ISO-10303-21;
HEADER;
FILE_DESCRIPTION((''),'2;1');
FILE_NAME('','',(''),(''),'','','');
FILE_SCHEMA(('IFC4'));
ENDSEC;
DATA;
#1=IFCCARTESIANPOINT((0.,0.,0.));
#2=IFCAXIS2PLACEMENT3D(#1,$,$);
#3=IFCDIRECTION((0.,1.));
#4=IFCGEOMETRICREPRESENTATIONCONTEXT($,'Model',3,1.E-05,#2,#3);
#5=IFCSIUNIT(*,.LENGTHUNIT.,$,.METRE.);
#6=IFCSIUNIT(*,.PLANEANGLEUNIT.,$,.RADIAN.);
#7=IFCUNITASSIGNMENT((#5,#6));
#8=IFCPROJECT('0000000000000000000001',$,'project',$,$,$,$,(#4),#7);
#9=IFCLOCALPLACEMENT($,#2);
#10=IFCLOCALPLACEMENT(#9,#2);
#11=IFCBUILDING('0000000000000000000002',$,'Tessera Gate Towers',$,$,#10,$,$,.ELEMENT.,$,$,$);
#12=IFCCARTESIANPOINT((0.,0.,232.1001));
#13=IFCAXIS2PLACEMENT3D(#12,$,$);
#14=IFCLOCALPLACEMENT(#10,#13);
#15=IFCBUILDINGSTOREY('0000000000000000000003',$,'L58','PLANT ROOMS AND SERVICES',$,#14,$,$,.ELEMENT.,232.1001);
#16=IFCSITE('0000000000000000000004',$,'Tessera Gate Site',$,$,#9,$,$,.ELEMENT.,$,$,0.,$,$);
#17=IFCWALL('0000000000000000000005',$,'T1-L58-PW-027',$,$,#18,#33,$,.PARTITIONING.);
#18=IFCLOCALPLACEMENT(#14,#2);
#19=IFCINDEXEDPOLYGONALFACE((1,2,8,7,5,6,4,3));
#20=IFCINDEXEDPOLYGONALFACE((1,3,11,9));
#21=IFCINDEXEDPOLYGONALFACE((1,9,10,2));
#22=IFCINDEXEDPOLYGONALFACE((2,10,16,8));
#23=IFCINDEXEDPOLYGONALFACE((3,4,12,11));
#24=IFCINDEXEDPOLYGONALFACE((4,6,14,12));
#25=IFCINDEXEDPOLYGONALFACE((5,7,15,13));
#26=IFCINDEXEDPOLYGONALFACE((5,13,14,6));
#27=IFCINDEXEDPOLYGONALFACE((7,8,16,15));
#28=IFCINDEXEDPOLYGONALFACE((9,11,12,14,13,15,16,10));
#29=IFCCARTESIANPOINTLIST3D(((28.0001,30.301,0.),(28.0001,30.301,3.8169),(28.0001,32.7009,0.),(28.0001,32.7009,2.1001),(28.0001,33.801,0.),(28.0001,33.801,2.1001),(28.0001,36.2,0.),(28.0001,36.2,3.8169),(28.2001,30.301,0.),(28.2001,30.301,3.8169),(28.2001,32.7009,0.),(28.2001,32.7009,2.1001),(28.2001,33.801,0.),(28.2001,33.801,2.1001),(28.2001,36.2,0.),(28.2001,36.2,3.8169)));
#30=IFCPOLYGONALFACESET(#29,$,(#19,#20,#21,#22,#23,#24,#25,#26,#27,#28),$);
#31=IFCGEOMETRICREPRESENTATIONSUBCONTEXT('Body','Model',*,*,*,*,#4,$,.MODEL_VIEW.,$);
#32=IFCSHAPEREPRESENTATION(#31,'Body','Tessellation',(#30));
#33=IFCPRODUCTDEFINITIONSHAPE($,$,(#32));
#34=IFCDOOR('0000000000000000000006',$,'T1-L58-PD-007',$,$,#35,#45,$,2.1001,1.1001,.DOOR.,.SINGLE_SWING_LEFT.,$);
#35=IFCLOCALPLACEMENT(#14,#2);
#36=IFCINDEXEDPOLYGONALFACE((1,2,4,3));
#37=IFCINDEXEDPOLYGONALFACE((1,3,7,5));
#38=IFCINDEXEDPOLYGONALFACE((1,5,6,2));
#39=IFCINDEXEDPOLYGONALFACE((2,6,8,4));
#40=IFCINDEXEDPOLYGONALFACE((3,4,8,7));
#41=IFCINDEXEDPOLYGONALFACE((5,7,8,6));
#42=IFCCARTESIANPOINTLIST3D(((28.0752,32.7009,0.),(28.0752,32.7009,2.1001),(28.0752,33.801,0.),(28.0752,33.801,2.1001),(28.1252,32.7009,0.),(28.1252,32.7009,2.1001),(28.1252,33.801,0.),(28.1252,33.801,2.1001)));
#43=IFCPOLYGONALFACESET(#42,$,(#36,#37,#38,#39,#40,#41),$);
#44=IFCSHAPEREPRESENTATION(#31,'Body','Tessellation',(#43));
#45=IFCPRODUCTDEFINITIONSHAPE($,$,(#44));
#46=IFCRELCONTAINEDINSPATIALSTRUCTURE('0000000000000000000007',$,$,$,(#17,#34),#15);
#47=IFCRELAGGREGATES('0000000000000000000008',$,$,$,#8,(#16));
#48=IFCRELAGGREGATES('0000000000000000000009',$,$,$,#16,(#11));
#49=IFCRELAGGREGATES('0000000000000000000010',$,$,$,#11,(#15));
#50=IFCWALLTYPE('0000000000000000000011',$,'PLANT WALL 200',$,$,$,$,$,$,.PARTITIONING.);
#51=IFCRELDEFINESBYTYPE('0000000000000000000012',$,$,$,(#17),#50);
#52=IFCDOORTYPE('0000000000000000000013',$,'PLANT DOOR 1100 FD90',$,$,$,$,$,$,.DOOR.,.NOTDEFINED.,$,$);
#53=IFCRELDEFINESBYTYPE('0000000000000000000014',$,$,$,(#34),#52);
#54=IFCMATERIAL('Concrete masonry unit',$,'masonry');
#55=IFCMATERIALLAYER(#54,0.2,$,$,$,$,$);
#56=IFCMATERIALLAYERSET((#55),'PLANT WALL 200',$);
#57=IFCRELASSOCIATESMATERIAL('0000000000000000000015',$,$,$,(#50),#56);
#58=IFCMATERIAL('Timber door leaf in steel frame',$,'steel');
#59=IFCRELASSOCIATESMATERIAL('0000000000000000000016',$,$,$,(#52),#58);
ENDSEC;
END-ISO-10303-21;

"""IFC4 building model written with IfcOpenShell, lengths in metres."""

from ifc_helpers import new_model, si_unit, direction, frame, frame_2d, origin, place, context, subcontext, project, spatial, rectangle, extrude, source, transform, mapped, material, layer, layer_set, type_object, element, fill, save


model = new_model("IFC4")

# Units and contexts
model_context = context("Model", 3, precision=1e-05, world=origin(), true_north=direction((0.0, 1.0)))
body_context = subcontext(model_context, "Body", "Model", "MODEL_VIEW")
ifc_project = project(units=[si_unit("LENGTHUNIT", "METRE"), si_unit("PLANEANGLEUNIT", "RADIAN")], contexts=[model_context])

# Site, building, storey
site_placement = place(None, origin())
site = spatial("IfcSite", under=ifc_project, at=site_placement, Name="Tessera Gate Site", CompositionType="ELEMENT", RefElevation=0.0)
building_placement = place(site_placement, origin())
building = spatial("IfcBuilding", under=site, at=building_placement, Name="Tessera Gate Towers", CompositionType="ELEMENT")
storey_placement = place(building_placement, frame((0.0, 0.0, 232.1001)))
storey = spatial("IfcBuildingStorey", under=building, at=storey_placement, Name="L58", Description="PLANT ROOMS AND SERVICES", CompositionType="ELEMENT", Elevation=232.1001)

# Shared definitions
ifc_material_1 = material(Name="Concrete masonry unit", Category="masonry")
ifc_layer_1 = layer(ifc_material_1, 0.2)
ifc_layer_set_1 = layer_set([ifc_layer_1], Name="PLANT WALL 200")
wall_type_1 = type_object("IfcWallType", Name="PLANT WALL 200", PredefinedType="PARTITIONING", material=ifc_layer_set_1)

# Shared definitions
shared_shape_1 = source(origin(), body_context, "Body", "SweptSolid", [
    extrude(rectangle(XDim=1.1001, YDim=2.1001, at=frame_2d((0.55, 1.05))), frame((0.0, 0.1099, 0.0), z_axis=(0.0, -1.0, 0.0), x_axis=(1.0, 0.0, 0.0)), (0.0, 0.0, 1.0), 0.22),
])
ifc_material_2 = material(Name="Timber door leaf in steel frame", Category="steel")
door_type_1 = type_object("IfcDoorType", Name="PLANT DOOR 1100 FD90", OperationType="NOTDEFINED", PredefinedType="DOOR", material=ifc_material_2)
shared_shape_2 = source(origin(), body_context, "Body", "SweptSolid", [
    extrude(rectangle(XDim=1.1001, YDim=2.1001, at=frame_2d((0.55, 1.05))), frame((0.0, 0.0249, 0.0), z_axis=(0.0, -1.0, 0.0), x_axis=(1.0, 0.0, 0.0)), (0.0, 0.0, 1.0), 0.05),
])

# Wall, opening, door
wall_1_placement = place(storey_placement, frame((28.1001, 30.301, 0.0), z_axis=(0.0, 0.0, 1.0), x_axis=(0.0, 1.0, 0.0)))
wall_1 = element("IfcWall", 1, at=wall_1_placement, inside=storey, type_object=wall_type_1, Name="T1-L58-PW-027", PredefinedType="PARTITIONING", context=body_context, shape_type="SweptSolid", body=[
    extrude(rectangle(XDim=5.8989, YDim=0.2, at=frame_2d((2.9495, 0.0))), origin(), (0.0, 0.0, 1.0), 3.8169),
])
opening_1_placement = place(wall_1_placement, frame((2.3999, 0.0, 0.0)))
opening_1 = element("IfcOpeningElement", 2, at=opening_1_placement, cuts=wall_1, PredefinedType="OPENING", context=body_context, shape_type="MappedRepresentation", body=[
    mapped(shared_shape_1, transform((0.0, 0.0, 0.0), scale=1.0)),
])
door_1_placement = place(opening_1_placement, origin())
door_1 = element("IfcDoor", 3, at=door_1_placement, inside=storey, type_object=door_type_1, Name="T1-L58-PD-007", OperationType="SINGLE_SWING_LEFT", OverallHeight=2.1001, OverallWidth=1.1001, PredefinedType="DOOR", context=body_context, shape_type="MappedRepresentation", body=[
    mapped(shared_shape_2, transform((0.0, 0.0, 0.0), scale=1.0)),
])
fill(opening_1, door_1)

save(model, "model.ifc")
